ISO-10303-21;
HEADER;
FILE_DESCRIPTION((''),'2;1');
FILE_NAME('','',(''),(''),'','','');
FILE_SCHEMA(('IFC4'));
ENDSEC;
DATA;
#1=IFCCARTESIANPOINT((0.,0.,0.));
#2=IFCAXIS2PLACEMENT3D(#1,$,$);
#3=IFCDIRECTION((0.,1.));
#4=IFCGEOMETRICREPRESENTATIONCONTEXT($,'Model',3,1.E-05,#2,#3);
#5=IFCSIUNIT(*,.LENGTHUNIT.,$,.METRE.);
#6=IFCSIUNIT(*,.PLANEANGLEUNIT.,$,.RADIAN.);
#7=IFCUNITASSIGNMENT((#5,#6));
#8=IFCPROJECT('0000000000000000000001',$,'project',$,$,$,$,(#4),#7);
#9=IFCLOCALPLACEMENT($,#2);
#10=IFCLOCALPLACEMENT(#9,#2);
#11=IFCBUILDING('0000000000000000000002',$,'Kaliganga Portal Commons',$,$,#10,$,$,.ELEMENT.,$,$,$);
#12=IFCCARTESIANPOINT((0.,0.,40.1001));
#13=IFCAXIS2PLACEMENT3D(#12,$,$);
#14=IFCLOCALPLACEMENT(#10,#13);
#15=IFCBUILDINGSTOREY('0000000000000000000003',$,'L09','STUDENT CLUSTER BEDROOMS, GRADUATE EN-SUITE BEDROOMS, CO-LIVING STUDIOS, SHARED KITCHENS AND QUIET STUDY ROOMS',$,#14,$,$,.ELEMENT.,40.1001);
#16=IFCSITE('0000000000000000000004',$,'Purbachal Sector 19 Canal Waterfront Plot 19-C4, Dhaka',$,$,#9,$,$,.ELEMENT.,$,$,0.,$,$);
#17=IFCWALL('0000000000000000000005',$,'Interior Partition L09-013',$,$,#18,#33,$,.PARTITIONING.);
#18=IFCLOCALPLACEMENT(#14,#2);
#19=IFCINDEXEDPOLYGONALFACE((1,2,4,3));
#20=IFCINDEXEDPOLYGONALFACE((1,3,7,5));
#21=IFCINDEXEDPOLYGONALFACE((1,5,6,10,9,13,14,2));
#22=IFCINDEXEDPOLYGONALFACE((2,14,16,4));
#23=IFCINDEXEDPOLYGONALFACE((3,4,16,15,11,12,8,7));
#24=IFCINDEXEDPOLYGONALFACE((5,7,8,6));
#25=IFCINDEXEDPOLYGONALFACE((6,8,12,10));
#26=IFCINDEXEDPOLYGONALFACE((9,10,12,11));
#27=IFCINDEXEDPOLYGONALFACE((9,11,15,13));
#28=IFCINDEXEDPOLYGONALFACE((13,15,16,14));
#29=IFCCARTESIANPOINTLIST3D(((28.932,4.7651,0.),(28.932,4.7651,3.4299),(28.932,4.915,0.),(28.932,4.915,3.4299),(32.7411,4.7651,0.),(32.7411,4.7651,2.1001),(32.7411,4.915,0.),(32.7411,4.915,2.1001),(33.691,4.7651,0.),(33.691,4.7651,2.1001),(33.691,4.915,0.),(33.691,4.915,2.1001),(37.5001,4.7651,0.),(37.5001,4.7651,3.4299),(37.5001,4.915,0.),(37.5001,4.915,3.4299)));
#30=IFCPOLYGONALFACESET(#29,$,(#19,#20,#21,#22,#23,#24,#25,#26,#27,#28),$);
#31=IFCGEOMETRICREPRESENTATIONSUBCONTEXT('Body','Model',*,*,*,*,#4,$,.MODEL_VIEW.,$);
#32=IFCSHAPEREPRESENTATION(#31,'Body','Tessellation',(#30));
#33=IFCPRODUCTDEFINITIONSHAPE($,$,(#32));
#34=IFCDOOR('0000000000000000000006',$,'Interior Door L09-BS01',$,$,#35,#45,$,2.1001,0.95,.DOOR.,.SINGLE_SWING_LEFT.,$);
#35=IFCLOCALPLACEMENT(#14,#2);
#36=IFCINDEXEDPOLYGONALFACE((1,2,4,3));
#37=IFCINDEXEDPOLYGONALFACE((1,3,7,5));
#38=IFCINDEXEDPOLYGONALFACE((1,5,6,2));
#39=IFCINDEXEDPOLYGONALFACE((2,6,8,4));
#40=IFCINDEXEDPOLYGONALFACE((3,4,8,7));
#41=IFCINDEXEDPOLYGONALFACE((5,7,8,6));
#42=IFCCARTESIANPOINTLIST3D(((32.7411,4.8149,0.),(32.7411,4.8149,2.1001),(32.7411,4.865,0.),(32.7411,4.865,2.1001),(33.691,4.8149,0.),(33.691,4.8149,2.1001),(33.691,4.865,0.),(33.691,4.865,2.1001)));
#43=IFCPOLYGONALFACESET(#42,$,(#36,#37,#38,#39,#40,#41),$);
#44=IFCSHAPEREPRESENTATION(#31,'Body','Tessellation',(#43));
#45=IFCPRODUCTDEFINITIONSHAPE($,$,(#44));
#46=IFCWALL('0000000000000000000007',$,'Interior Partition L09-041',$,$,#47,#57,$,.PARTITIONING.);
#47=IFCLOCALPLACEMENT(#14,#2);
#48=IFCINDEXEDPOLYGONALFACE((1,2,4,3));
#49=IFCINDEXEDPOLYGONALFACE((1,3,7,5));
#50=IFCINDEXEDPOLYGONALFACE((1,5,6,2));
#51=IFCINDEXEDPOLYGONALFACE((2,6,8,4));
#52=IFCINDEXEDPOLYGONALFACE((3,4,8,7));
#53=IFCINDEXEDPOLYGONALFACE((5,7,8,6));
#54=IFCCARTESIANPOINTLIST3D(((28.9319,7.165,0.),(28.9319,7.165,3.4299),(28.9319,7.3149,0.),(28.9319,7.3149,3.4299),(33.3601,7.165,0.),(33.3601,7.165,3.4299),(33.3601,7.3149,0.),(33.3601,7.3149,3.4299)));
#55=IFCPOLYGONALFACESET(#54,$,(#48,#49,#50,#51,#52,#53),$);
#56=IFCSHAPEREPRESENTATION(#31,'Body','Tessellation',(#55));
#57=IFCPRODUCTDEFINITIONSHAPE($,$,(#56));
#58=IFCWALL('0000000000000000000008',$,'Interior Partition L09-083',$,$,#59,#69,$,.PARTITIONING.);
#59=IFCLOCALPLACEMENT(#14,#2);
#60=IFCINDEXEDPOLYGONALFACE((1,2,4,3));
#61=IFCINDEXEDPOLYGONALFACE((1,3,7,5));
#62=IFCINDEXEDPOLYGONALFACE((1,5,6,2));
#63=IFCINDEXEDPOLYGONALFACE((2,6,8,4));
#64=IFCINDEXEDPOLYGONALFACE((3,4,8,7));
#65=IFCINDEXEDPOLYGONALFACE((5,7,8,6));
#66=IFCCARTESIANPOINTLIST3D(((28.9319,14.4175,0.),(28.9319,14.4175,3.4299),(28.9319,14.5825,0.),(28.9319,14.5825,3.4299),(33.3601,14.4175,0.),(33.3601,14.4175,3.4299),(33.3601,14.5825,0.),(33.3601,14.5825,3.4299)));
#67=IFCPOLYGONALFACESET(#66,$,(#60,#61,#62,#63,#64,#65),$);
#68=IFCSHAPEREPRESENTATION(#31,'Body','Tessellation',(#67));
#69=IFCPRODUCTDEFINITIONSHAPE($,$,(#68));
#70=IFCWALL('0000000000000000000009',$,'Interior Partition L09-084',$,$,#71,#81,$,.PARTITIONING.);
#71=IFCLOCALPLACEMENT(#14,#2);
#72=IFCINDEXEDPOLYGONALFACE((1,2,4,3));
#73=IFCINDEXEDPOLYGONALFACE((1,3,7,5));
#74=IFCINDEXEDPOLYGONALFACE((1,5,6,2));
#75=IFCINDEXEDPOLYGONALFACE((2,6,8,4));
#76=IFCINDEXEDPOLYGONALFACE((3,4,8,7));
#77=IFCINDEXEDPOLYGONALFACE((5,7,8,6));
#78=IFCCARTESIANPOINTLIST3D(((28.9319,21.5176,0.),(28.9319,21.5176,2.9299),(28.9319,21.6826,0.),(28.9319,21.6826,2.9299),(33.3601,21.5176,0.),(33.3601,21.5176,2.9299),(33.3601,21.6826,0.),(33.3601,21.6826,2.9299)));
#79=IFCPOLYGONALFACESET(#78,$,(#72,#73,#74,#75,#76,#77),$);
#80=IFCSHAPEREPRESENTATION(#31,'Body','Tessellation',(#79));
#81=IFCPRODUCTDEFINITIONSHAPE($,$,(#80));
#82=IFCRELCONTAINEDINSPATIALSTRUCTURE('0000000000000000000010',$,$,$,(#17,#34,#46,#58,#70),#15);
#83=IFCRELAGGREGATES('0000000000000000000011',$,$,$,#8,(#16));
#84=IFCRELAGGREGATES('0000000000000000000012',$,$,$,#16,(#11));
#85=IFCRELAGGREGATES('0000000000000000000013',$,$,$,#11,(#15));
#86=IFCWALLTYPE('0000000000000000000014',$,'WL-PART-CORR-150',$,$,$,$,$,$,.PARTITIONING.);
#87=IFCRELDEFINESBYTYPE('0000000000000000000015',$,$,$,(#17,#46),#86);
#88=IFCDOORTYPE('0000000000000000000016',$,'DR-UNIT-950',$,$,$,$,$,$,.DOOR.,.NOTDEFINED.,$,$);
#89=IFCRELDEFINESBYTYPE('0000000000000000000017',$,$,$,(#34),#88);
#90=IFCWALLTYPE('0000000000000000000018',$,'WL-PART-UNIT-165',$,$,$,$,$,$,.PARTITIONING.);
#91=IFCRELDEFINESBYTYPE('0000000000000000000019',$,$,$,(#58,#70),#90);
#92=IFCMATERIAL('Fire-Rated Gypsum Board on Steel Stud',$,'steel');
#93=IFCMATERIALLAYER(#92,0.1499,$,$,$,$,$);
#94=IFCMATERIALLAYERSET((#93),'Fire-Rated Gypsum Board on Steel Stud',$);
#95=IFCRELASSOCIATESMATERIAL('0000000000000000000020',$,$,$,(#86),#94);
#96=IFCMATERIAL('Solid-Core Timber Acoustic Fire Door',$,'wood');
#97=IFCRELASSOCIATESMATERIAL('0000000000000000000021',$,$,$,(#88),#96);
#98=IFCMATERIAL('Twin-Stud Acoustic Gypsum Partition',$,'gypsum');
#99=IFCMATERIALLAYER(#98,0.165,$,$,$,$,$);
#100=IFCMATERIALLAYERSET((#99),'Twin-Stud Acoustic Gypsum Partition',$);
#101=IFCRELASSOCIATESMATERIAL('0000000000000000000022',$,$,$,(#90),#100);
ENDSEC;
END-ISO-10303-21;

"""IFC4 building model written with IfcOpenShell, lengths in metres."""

from ifc_helpers import new_model, si_unit, direction, frame, frame_2d, origin, place, context, subcontext, project, spatial, rectangle, extrude, material, layer, layer_set, type_object, element, fill, save


model = new_model("IFC4")

# Units and contexts
model_context = context("Model", 3, precision=1e-05, world=origin(), true_north=direction((0.0, 1.0)))
body_context = subcontext(model_context, "Body", "Model", "MODEL_VIEW")
ifc_project = project(units=[si_unit("LENGTHUNIT", "METRE"), si_unit("PLANEANGLEUNIT", "RADIAN")], contexts=[model_context])

# Site, building, storey
site_placement = place(None, origin())
site = spatial("IfcSite", under=ifc_project, at=site_placement, Name="Purbachal Sector 19 Canal Waterfront Plot 19-C4, Dhaka", CompositionType="ELEMENT", RefElevation=0.0)
building_placement = place(site_placement, origin())
building = spatial("IfcBuilding", under=site, at=building_placement, Name="Kaliganga Portal Commons", CompositionType="ELEMENT")
storey_placement = place(building_placement, frame((0.0, 0.0, 40.1001)))
storey = spatial("IfcBuildingStorey", under=building, at=storey_placement, Name="L09", Description="STUDENT CLUSTER BEDROOMS, GRADUATE EN-SUITE BEDROOMS, CO-LIVING STUDIOS, SHARED KITCHENS AND QUIET STUDY ROOMS", CompositionType="ELEMENT", Elevation=40.1001)

# Wall, opening, door
ifc_material_1 = material(Name="Fire-Rated Gypsum Board on Steel Stud", Category="steel")
ifc_layer_1 = layer(ifc_material_1, 0.1499)
ifc_layer_set_1 = layer_set([ifc_layer_1], Name="Fire-Rated Gypsum Board on Steel Stud")
wall_type_1 = type_object("IfcWallType", Name="WL-PART-CORR-150", PredefinedType="PARTITIONING", material=ifc_layer_set_1)
wall_1_placement = place(storey_placement, frame((28.9319, 4.8401, 0.0), z_axis=(0.0, 0.0, 1.0), x_axis=(1.0, 0.0, 0.0)))
wall_1 = element("IfcWall", 1, at=wall_1_placement, inside=storey, type_object=wall_type_1, Name="Interior Partition L09-013", PredefinedType="PARTITIONING", context=body_context, shape_type="SweptSolid", body=[
    extrude(rectangle(XDim=8.5681, YDim=0.1499, at=frame_2d((4.2842, 0.0))), origin(), (0.0, 0.0, 1.0), 3.4299),
])
opening_1_placement = place(wall_1_placement, frame((3.8091, 0.0, 0.0)))
opening_1 = element("IfcOpeningElement", 2, at=opening_1_placement, cuts=wall_1, PredefinedType="OPENING", context=body_context, shape_type="SweptSolid", body=[
    extrude(rectangle(XDim=0.95, YDim=2.1001, at=frame_2d((0.4751, 1.05))), frame((0.0, 0.085, 0.0), z_axis=(0.0, -1.0, 0.0), x_axis=(1.0, 0.0, 0.0)), (0.0, 0.0, 1.0), 0.1699),
])
ifc_material_2 = material(Name="Solid-Core Timber Acoustic Fire Door", Category="wood")
door_type = type_object("IfcDoorType", Name="DR-UNIT-950", OperationType="NOTDEFINED", PredefinedType="DOOR", material=ifc_material_2)
door_placement = place(opening_1_placement, origin())
door = element("IfcDoor", 3, at=door_placement, inside=storey, type_object=door_type, Name="Interior Door L09-BS01", OperationType="SINGLE_SWING_LEFT", OverallHeight=2.1001, OverallWidth=0.95, PredefinedType="DOOR", context=body_context, shape_type="SweptSolid", body=[
    extrude(rectangle(XDim=0.95, YDim=2.1001, at=frame_2d((0.4751, 1.05))), frame((0.0, 0.0249, 0.0), z_axis=(0.0, -1.0, 0.0), x_axis=(1.0, 0.0, 0.0)), (0.0, 0.0, 1.0), 0.05),
])
fill(opening_1, door)

# Walls
wall_2_placement = place(storey_placement, frame((28.9319, 7.24, 0.0), z_axis=(0.0, 0.0, 1.0), x_axis=(1.0, 0.0, 0.0)))
element("IfcWall", 4, at=wall_2_placement, inside=storey, type_object=wall_type_1, Name="Interior Partition L09-041", PredefinedType="PARTITIONING", context=body_context, shape_type="SweptSolid", body=[
    extrude(rectangle(XDim=4.4282, YDim=0.1499, at=frame_2d((2.2141, 0.0))), origin(), (0.0, 0.0, 1.0), 3.4299),
])
ifc_material_3 = material(Name="Twin-Stud Acoustic Gypsum Partition", Category="gypsum")
ifc_layer_2 = layer(ifc_material_3, 0.165)
ifc_layer_set_2 = layer_set([ifc_layer_2], Name="Twin-Stud Acoustic Gypsum Partition")
wall_type_2 = type_object("IfcWallType", Name="WL-PART-UNIT-165", PredefinedType="PARTITIONING", material=ifc_layer_set_2)
wall_3_placement = place(storey_placement, frame((28.9319, 14.5, 0.0), z_axis=(0.0, 0.0, 1.0), x_axis=(1.0, 0.0, 0.0)))
element("IfcWall", 5, at=wall_3_placement, inside=storey, type_object=wall_type_2, Name="Interior Partition L09-083", PredefinedType="PARTITIONING", context=body_context, shape_type="SweptSolid", body=[
    extrude(rectangle(XDim=4.4282, YDim=0.165, at=frame_2d((2.2141, 0.0))), origin(), (0.0, 0.0, 1.0), 3.4299),
])
wall_4_placement = place(storey_placement, frame((28.9319, 21.6001, 0.0), z_axis=(0.0, 0.0, 1.0), x_axis=(1.0, 0.0, 0.0)))
element("IfcWall", 6, at=wall_4_placement, inside=storey, type_object=wall_type_2, Name="Interior Partition L09-084", PredefinedType="PARTITIONING", context=body_context, shape_type="SweptSolid", body=[
    extrude(rectangle(XDim=4.4282, YDim=0.165, at=frame_2d((2.2141, 0.0))), origin(), (0.0, 0.0, 1.0), 2.9299),
])

save(model, "model.ifc")
